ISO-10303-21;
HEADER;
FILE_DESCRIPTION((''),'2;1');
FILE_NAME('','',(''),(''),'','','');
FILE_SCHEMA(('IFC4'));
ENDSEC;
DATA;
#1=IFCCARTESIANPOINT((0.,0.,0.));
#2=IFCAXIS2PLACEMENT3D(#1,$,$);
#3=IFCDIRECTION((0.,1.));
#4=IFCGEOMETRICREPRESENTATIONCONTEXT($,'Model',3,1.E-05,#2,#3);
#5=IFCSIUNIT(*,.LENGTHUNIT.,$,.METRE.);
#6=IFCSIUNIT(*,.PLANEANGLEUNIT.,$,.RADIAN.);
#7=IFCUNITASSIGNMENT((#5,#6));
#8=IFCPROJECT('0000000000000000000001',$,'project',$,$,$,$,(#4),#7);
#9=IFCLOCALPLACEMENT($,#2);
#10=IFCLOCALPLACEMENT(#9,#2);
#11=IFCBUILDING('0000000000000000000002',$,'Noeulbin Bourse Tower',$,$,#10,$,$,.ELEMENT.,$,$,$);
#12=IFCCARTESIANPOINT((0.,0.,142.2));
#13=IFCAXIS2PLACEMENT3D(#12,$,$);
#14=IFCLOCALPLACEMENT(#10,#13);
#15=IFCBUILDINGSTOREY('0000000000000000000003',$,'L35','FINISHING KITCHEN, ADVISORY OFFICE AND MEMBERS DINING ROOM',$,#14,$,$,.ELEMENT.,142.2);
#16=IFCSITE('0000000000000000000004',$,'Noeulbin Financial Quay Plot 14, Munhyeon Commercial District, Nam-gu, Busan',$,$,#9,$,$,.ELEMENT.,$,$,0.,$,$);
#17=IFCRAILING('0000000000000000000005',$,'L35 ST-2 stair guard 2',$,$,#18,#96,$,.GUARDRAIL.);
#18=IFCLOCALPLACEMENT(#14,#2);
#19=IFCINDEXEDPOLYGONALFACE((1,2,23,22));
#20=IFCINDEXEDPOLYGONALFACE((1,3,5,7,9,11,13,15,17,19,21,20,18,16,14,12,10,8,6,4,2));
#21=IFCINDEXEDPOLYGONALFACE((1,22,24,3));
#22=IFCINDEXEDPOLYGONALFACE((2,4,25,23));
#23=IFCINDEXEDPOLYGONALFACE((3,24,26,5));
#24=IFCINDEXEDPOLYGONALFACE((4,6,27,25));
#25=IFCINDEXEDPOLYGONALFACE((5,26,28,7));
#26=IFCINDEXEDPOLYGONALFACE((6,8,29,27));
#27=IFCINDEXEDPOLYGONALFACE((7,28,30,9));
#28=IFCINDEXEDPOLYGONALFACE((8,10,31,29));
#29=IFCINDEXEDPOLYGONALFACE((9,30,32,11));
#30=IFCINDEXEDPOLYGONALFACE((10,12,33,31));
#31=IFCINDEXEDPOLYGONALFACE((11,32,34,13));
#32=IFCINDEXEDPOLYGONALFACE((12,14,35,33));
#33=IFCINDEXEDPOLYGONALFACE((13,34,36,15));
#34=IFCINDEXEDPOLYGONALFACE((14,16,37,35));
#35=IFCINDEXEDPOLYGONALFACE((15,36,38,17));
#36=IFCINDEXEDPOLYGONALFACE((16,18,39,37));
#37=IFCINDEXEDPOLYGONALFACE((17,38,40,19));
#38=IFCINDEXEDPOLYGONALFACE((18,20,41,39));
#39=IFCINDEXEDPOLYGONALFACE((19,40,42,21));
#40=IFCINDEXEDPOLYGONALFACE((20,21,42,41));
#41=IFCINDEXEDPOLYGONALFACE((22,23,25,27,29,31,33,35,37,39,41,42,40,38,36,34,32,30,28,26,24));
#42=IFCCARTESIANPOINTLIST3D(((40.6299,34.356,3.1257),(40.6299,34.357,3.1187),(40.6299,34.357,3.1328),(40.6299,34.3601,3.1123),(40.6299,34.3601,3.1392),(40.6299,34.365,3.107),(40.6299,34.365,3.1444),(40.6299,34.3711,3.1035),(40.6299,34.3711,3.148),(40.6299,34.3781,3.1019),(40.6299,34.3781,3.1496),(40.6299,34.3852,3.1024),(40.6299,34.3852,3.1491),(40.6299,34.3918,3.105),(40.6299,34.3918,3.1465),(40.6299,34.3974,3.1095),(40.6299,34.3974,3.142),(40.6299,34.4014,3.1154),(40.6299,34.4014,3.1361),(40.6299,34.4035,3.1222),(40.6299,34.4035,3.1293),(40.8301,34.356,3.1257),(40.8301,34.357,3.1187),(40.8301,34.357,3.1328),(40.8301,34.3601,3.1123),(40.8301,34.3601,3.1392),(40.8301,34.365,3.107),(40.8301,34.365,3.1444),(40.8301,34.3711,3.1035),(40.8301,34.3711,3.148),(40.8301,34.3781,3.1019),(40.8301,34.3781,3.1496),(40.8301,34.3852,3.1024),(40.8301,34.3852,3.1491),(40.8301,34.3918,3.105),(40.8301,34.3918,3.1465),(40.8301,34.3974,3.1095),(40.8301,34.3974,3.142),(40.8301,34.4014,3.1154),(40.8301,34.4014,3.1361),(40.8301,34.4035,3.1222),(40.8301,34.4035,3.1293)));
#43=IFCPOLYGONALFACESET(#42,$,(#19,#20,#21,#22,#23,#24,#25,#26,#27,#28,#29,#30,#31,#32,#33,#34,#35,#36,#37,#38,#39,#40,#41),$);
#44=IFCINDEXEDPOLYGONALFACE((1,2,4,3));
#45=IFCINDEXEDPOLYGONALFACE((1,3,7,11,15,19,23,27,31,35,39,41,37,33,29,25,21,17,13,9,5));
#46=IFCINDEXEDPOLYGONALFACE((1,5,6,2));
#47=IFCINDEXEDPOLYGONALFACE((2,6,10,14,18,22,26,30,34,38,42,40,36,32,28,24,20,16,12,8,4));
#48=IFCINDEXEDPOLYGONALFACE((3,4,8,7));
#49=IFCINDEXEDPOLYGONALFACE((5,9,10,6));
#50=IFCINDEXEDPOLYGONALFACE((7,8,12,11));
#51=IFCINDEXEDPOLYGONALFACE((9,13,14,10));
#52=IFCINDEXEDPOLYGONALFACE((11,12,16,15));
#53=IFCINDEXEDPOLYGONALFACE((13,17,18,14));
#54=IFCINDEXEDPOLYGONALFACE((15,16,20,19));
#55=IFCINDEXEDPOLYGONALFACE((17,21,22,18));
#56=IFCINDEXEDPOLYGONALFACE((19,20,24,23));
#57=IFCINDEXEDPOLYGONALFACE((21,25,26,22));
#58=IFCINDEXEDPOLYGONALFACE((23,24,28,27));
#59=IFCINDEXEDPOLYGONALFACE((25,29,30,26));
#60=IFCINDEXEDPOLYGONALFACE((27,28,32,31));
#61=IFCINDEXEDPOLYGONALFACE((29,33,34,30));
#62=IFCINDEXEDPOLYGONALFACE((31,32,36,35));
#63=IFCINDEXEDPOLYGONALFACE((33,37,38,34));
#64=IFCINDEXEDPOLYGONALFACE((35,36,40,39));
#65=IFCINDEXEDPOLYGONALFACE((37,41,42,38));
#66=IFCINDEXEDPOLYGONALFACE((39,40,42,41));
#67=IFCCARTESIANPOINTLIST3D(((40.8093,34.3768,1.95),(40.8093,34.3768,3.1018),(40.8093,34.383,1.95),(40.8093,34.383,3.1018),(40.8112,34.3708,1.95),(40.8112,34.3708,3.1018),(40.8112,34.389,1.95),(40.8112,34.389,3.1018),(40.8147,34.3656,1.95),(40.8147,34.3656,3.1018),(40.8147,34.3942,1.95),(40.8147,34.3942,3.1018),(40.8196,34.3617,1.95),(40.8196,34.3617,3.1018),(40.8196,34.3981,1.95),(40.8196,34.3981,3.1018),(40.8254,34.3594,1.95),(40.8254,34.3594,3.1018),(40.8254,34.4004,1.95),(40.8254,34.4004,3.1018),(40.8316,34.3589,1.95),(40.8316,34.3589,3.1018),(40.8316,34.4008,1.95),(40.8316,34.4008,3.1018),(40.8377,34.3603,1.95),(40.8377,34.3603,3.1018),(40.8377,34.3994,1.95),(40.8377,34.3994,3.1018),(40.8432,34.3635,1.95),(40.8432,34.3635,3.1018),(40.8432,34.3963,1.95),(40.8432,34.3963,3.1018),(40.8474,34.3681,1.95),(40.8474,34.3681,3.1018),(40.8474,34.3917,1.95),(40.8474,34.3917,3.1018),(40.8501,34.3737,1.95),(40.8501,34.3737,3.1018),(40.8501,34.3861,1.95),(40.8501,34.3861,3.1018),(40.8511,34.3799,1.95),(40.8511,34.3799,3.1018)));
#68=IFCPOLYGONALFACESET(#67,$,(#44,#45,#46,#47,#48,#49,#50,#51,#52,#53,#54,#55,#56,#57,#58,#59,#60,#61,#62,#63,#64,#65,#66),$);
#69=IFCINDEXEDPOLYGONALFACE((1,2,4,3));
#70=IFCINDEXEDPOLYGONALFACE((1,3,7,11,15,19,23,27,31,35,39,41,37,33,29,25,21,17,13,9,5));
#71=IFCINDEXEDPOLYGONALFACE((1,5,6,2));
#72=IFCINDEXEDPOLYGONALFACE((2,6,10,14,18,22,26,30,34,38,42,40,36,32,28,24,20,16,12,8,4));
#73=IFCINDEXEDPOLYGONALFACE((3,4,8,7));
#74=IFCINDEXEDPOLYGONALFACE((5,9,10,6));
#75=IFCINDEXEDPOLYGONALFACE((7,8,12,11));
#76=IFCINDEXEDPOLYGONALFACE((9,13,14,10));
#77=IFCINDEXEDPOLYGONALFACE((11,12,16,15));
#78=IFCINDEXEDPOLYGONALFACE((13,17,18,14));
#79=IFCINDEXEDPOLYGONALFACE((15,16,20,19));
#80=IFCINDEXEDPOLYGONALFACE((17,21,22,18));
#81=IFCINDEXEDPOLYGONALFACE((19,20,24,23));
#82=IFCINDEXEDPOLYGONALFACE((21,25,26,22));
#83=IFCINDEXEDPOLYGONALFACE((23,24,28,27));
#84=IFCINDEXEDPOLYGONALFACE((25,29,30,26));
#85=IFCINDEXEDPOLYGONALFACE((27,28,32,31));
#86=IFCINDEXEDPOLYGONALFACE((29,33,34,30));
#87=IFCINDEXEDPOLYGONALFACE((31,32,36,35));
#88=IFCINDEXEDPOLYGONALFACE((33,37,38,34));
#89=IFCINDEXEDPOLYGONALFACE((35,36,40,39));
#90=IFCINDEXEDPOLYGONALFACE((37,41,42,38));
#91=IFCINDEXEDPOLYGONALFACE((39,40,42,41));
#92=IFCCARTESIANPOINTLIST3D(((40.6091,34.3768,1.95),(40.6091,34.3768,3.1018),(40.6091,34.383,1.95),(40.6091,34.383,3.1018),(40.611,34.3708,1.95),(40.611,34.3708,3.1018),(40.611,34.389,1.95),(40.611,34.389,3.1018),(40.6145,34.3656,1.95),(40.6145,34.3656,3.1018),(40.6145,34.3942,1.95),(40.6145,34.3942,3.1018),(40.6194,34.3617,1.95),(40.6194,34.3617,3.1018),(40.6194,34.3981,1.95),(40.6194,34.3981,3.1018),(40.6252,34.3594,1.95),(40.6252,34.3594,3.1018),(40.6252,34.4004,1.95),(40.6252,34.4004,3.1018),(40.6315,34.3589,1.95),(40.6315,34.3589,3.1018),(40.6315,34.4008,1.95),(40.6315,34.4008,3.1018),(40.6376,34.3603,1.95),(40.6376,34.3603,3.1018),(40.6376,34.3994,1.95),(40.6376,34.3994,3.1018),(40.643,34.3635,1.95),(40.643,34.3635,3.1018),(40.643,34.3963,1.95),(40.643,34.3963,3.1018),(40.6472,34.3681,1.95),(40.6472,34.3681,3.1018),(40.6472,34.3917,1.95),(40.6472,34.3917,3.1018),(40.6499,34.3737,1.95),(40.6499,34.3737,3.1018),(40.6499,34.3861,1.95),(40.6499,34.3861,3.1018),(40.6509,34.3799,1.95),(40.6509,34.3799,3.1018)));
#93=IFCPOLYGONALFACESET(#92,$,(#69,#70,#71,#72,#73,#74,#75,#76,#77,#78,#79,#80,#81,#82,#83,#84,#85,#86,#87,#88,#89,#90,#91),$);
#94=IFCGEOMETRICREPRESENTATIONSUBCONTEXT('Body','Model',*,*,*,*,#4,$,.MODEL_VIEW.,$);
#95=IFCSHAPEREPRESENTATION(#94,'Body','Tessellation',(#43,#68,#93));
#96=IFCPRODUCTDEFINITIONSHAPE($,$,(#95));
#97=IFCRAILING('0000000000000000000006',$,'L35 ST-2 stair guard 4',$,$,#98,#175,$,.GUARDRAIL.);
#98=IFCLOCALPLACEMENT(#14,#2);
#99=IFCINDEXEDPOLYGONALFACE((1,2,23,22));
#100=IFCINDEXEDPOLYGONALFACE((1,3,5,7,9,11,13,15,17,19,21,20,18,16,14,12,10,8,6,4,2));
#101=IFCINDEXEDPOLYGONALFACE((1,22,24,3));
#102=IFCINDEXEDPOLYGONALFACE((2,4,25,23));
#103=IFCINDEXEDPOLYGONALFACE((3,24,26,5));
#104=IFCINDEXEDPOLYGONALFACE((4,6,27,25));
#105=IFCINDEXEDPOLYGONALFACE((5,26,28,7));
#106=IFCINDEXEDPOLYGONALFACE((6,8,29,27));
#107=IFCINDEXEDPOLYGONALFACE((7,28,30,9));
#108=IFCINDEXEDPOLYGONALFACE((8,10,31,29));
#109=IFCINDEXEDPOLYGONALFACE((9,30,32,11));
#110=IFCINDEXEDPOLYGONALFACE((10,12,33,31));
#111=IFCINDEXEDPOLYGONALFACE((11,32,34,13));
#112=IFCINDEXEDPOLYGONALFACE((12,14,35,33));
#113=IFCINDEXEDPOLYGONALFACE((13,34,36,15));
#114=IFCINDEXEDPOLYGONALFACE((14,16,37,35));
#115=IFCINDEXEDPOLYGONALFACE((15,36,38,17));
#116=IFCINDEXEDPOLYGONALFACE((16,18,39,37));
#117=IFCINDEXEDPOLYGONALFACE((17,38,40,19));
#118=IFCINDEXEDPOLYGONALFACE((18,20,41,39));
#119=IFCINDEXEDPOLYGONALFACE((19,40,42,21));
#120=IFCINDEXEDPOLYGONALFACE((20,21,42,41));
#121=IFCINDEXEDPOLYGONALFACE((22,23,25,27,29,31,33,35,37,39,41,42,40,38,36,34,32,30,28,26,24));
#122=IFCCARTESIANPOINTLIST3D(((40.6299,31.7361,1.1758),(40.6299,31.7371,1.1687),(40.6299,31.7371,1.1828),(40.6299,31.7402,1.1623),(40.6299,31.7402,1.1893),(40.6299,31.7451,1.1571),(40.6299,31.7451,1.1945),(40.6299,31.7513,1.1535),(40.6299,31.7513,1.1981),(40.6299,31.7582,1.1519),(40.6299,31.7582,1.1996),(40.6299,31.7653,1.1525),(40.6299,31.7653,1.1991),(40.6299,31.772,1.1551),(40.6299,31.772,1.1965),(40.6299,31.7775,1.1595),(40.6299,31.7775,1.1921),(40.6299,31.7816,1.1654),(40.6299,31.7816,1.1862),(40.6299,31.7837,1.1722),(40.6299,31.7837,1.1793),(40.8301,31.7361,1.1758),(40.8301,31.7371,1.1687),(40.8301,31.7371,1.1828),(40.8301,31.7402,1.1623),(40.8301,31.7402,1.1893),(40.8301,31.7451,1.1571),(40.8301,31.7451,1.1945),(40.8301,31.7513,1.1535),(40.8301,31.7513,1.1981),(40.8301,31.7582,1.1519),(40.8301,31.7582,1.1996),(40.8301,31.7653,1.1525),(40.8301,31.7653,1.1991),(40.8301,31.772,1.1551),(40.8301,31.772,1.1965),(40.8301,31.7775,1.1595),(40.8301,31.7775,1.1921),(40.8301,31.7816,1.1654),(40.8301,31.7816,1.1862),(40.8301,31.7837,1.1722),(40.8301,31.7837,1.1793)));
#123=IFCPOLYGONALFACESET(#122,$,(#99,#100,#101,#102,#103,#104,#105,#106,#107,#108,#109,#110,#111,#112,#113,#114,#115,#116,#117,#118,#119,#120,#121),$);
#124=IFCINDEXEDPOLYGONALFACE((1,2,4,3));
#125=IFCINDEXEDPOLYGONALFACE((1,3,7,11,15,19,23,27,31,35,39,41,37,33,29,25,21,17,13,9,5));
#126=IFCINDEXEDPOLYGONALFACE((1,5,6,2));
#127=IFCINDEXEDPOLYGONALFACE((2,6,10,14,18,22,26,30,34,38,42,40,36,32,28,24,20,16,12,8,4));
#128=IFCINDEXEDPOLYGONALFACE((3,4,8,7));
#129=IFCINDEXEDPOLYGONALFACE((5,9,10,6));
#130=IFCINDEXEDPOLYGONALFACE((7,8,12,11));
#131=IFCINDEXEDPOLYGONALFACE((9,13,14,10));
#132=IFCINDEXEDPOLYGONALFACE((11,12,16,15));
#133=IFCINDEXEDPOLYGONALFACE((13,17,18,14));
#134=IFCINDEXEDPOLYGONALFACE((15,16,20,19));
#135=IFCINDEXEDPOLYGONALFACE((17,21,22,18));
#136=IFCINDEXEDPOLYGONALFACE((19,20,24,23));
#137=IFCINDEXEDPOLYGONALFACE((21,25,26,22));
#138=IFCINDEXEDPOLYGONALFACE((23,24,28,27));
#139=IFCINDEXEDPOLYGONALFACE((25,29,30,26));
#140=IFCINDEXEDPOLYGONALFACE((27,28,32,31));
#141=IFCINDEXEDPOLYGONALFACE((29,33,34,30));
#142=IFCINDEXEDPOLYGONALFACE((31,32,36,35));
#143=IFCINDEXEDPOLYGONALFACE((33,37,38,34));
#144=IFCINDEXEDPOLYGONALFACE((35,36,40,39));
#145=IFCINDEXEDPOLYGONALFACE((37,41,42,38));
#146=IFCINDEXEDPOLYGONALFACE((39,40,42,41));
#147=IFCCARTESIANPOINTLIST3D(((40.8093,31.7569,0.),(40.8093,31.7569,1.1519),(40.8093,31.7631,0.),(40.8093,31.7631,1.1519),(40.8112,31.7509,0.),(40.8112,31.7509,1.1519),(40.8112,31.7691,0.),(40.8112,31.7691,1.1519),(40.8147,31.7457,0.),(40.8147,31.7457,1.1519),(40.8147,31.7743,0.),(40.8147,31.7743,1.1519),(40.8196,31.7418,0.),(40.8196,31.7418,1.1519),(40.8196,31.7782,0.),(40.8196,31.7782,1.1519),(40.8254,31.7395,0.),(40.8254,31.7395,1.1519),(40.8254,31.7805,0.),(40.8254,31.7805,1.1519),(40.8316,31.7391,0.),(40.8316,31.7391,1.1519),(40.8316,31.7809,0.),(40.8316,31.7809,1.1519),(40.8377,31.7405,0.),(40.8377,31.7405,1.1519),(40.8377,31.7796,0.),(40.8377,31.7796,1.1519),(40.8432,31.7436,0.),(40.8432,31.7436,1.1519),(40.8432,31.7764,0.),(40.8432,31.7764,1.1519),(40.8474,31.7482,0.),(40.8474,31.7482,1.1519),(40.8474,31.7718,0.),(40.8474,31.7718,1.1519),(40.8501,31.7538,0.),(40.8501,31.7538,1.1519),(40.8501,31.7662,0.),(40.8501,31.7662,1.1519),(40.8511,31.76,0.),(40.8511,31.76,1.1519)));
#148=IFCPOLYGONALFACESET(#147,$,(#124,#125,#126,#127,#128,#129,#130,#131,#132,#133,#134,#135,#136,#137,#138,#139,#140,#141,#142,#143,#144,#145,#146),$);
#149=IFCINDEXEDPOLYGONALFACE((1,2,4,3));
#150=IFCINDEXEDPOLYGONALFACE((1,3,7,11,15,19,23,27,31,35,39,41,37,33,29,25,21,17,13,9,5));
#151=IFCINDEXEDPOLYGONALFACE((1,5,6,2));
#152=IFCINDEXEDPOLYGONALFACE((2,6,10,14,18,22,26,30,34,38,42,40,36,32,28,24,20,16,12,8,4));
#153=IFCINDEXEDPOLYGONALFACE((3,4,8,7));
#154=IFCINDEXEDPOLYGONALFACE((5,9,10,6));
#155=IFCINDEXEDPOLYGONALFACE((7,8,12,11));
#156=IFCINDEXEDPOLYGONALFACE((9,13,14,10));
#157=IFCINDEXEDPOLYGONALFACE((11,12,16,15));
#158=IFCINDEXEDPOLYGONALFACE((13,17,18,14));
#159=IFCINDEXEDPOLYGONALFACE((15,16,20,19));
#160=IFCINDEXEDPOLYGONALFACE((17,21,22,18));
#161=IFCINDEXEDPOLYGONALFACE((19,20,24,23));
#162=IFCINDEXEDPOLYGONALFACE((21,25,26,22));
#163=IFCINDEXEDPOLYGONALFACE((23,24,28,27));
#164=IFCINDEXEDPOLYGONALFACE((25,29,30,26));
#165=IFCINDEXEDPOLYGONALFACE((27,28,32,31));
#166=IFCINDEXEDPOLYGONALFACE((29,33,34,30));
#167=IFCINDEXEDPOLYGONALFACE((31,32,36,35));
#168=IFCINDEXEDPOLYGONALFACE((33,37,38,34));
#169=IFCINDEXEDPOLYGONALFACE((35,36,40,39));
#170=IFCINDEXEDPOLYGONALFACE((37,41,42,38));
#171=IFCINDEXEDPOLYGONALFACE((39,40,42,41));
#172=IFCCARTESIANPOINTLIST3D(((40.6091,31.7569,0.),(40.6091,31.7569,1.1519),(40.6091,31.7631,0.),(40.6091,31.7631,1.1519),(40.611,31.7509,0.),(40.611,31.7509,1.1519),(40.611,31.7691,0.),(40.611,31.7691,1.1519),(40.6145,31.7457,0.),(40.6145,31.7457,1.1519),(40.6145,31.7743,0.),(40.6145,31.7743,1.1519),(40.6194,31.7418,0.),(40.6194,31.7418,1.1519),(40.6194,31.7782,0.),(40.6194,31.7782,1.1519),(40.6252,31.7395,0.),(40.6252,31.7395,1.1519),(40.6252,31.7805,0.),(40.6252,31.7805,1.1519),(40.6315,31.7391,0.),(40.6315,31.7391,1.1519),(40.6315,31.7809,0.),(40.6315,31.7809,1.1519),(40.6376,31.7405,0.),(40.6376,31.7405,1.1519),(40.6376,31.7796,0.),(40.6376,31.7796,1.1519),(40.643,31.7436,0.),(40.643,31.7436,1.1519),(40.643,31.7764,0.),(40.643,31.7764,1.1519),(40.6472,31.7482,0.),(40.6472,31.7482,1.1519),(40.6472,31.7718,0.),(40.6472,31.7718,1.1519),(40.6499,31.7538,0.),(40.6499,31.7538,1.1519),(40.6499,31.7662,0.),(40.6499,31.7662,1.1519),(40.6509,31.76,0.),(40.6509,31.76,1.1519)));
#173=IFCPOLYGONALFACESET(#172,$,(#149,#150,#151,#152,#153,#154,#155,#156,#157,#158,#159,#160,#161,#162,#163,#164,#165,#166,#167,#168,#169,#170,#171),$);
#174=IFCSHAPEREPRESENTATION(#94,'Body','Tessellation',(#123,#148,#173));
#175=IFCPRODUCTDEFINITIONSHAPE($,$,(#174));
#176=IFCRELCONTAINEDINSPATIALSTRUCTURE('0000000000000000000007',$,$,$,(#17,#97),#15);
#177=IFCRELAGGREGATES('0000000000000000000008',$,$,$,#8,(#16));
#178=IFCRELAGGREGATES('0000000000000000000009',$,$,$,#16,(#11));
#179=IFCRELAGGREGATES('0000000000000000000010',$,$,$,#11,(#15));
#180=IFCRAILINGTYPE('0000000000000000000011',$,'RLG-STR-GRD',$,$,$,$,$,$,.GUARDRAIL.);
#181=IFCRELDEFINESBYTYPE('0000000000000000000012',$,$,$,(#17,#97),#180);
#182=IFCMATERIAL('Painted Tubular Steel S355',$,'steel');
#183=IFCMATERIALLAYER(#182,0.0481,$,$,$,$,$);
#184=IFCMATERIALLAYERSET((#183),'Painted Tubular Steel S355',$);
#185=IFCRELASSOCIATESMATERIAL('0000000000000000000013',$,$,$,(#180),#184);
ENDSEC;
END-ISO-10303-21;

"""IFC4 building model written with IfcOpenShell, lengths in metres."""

from ifc_helpers import new_model, si_unit, direction, frame, origin, origin_2d, place, context, subcontext, project, spatial, circle, extrude, material, layer, layer_set, type_object, element, save


model = new_model("IFC4")

# Units and contexts
model_context = context("Model", 3, precision=1e-05, world=origin(), true_north=direction((0.0, 1.0)))
body_context = subcontext(model_context, "Body", "Model", "MODEL_VIEW")
ifc_project = project(units=[si_unit("LENGTHUNIT", "METRE"), si_unit("PLANEANGLEUNIT", "RADIAN")], contexts=[model_context])

# Site, building, storey
site_placement = place(None, origin())
site = spatial("IfcSite", under=ifc_project, at=site_placement, Name="Noeulbin Financial Quay Plot 14, Munhyeon Commercial District, Nam-gu, Busan", CompositionType="ELEMENT", RefElevation=0.0)
building_placement = place(site_placement, origin())
building = spatial("IfcBuilding", under=site, at=building_placement, Name="Noeulbin Bourse Tower", CompositionType="ELEMENT")
storey_placement = place(building_placement, frame((0.0, 0.0, 142.2)))
storey = spatial("IfcBuildingStorey", under=building, at=storey_placement, Name="L35", Description="FINISHING KITCHEN, ADVISORY OFFICE AND MEMBERS DINING ROOM", CompositionType="ELEMENT", Elevation=142.2)

# Railings
ifc_material_1 = material(Name="Painted Tubular Steel S355", Category="steel")
ifc_layer_1 = layer(ifc_material_1, 0.0481)
ifc_layer_set_1 = layer_set([ifc_layer_1], Name="Painted Tubular Steel S355")
railing_type_1 = type_object("IfcRailingType", Name="RLG-STR-GRD", PredefinedType="GUARDRAIL", material=ifc_layer_set_1)
for number, where, name in (
    (1, (40.8301, 34.3799, 1.95), "L35 ST-2 stair guard 2"),
    (2, (40.8301, 31.76, 0.0), "L35 ST-2 stair guard 4"),
):
    element("IfcRailing", number, at=place(storey_placement, frame(where)), inside=storey, type_object=railing_type_1, Name=name, PredefinedType="GUARDRAIL", context=body_context, shape_type="SweptSolid", body=[
        extrude(circle(Radius=0.0239, at=origin_2d()), frame((0.0, 0.0, 1.1758), z_axis=(-1.0, 0.0, 0.0), x_axis=(0.0, -1.0, 0.0)), (0.0, 0.0, 1.0), 0.2002),
        extrude(circle(Radius=0.021, at=origin_2d()), origin(), (0.0, 0.0, 1.0), 1.1519),
        extrude(circle(Radius=0.021, at=origin_2d()), frame((-0.2002, 0.0, 0.0)), (0.0, 0.0, 1.0), 1.1519),
    ])

save(model, "model.ifc")
